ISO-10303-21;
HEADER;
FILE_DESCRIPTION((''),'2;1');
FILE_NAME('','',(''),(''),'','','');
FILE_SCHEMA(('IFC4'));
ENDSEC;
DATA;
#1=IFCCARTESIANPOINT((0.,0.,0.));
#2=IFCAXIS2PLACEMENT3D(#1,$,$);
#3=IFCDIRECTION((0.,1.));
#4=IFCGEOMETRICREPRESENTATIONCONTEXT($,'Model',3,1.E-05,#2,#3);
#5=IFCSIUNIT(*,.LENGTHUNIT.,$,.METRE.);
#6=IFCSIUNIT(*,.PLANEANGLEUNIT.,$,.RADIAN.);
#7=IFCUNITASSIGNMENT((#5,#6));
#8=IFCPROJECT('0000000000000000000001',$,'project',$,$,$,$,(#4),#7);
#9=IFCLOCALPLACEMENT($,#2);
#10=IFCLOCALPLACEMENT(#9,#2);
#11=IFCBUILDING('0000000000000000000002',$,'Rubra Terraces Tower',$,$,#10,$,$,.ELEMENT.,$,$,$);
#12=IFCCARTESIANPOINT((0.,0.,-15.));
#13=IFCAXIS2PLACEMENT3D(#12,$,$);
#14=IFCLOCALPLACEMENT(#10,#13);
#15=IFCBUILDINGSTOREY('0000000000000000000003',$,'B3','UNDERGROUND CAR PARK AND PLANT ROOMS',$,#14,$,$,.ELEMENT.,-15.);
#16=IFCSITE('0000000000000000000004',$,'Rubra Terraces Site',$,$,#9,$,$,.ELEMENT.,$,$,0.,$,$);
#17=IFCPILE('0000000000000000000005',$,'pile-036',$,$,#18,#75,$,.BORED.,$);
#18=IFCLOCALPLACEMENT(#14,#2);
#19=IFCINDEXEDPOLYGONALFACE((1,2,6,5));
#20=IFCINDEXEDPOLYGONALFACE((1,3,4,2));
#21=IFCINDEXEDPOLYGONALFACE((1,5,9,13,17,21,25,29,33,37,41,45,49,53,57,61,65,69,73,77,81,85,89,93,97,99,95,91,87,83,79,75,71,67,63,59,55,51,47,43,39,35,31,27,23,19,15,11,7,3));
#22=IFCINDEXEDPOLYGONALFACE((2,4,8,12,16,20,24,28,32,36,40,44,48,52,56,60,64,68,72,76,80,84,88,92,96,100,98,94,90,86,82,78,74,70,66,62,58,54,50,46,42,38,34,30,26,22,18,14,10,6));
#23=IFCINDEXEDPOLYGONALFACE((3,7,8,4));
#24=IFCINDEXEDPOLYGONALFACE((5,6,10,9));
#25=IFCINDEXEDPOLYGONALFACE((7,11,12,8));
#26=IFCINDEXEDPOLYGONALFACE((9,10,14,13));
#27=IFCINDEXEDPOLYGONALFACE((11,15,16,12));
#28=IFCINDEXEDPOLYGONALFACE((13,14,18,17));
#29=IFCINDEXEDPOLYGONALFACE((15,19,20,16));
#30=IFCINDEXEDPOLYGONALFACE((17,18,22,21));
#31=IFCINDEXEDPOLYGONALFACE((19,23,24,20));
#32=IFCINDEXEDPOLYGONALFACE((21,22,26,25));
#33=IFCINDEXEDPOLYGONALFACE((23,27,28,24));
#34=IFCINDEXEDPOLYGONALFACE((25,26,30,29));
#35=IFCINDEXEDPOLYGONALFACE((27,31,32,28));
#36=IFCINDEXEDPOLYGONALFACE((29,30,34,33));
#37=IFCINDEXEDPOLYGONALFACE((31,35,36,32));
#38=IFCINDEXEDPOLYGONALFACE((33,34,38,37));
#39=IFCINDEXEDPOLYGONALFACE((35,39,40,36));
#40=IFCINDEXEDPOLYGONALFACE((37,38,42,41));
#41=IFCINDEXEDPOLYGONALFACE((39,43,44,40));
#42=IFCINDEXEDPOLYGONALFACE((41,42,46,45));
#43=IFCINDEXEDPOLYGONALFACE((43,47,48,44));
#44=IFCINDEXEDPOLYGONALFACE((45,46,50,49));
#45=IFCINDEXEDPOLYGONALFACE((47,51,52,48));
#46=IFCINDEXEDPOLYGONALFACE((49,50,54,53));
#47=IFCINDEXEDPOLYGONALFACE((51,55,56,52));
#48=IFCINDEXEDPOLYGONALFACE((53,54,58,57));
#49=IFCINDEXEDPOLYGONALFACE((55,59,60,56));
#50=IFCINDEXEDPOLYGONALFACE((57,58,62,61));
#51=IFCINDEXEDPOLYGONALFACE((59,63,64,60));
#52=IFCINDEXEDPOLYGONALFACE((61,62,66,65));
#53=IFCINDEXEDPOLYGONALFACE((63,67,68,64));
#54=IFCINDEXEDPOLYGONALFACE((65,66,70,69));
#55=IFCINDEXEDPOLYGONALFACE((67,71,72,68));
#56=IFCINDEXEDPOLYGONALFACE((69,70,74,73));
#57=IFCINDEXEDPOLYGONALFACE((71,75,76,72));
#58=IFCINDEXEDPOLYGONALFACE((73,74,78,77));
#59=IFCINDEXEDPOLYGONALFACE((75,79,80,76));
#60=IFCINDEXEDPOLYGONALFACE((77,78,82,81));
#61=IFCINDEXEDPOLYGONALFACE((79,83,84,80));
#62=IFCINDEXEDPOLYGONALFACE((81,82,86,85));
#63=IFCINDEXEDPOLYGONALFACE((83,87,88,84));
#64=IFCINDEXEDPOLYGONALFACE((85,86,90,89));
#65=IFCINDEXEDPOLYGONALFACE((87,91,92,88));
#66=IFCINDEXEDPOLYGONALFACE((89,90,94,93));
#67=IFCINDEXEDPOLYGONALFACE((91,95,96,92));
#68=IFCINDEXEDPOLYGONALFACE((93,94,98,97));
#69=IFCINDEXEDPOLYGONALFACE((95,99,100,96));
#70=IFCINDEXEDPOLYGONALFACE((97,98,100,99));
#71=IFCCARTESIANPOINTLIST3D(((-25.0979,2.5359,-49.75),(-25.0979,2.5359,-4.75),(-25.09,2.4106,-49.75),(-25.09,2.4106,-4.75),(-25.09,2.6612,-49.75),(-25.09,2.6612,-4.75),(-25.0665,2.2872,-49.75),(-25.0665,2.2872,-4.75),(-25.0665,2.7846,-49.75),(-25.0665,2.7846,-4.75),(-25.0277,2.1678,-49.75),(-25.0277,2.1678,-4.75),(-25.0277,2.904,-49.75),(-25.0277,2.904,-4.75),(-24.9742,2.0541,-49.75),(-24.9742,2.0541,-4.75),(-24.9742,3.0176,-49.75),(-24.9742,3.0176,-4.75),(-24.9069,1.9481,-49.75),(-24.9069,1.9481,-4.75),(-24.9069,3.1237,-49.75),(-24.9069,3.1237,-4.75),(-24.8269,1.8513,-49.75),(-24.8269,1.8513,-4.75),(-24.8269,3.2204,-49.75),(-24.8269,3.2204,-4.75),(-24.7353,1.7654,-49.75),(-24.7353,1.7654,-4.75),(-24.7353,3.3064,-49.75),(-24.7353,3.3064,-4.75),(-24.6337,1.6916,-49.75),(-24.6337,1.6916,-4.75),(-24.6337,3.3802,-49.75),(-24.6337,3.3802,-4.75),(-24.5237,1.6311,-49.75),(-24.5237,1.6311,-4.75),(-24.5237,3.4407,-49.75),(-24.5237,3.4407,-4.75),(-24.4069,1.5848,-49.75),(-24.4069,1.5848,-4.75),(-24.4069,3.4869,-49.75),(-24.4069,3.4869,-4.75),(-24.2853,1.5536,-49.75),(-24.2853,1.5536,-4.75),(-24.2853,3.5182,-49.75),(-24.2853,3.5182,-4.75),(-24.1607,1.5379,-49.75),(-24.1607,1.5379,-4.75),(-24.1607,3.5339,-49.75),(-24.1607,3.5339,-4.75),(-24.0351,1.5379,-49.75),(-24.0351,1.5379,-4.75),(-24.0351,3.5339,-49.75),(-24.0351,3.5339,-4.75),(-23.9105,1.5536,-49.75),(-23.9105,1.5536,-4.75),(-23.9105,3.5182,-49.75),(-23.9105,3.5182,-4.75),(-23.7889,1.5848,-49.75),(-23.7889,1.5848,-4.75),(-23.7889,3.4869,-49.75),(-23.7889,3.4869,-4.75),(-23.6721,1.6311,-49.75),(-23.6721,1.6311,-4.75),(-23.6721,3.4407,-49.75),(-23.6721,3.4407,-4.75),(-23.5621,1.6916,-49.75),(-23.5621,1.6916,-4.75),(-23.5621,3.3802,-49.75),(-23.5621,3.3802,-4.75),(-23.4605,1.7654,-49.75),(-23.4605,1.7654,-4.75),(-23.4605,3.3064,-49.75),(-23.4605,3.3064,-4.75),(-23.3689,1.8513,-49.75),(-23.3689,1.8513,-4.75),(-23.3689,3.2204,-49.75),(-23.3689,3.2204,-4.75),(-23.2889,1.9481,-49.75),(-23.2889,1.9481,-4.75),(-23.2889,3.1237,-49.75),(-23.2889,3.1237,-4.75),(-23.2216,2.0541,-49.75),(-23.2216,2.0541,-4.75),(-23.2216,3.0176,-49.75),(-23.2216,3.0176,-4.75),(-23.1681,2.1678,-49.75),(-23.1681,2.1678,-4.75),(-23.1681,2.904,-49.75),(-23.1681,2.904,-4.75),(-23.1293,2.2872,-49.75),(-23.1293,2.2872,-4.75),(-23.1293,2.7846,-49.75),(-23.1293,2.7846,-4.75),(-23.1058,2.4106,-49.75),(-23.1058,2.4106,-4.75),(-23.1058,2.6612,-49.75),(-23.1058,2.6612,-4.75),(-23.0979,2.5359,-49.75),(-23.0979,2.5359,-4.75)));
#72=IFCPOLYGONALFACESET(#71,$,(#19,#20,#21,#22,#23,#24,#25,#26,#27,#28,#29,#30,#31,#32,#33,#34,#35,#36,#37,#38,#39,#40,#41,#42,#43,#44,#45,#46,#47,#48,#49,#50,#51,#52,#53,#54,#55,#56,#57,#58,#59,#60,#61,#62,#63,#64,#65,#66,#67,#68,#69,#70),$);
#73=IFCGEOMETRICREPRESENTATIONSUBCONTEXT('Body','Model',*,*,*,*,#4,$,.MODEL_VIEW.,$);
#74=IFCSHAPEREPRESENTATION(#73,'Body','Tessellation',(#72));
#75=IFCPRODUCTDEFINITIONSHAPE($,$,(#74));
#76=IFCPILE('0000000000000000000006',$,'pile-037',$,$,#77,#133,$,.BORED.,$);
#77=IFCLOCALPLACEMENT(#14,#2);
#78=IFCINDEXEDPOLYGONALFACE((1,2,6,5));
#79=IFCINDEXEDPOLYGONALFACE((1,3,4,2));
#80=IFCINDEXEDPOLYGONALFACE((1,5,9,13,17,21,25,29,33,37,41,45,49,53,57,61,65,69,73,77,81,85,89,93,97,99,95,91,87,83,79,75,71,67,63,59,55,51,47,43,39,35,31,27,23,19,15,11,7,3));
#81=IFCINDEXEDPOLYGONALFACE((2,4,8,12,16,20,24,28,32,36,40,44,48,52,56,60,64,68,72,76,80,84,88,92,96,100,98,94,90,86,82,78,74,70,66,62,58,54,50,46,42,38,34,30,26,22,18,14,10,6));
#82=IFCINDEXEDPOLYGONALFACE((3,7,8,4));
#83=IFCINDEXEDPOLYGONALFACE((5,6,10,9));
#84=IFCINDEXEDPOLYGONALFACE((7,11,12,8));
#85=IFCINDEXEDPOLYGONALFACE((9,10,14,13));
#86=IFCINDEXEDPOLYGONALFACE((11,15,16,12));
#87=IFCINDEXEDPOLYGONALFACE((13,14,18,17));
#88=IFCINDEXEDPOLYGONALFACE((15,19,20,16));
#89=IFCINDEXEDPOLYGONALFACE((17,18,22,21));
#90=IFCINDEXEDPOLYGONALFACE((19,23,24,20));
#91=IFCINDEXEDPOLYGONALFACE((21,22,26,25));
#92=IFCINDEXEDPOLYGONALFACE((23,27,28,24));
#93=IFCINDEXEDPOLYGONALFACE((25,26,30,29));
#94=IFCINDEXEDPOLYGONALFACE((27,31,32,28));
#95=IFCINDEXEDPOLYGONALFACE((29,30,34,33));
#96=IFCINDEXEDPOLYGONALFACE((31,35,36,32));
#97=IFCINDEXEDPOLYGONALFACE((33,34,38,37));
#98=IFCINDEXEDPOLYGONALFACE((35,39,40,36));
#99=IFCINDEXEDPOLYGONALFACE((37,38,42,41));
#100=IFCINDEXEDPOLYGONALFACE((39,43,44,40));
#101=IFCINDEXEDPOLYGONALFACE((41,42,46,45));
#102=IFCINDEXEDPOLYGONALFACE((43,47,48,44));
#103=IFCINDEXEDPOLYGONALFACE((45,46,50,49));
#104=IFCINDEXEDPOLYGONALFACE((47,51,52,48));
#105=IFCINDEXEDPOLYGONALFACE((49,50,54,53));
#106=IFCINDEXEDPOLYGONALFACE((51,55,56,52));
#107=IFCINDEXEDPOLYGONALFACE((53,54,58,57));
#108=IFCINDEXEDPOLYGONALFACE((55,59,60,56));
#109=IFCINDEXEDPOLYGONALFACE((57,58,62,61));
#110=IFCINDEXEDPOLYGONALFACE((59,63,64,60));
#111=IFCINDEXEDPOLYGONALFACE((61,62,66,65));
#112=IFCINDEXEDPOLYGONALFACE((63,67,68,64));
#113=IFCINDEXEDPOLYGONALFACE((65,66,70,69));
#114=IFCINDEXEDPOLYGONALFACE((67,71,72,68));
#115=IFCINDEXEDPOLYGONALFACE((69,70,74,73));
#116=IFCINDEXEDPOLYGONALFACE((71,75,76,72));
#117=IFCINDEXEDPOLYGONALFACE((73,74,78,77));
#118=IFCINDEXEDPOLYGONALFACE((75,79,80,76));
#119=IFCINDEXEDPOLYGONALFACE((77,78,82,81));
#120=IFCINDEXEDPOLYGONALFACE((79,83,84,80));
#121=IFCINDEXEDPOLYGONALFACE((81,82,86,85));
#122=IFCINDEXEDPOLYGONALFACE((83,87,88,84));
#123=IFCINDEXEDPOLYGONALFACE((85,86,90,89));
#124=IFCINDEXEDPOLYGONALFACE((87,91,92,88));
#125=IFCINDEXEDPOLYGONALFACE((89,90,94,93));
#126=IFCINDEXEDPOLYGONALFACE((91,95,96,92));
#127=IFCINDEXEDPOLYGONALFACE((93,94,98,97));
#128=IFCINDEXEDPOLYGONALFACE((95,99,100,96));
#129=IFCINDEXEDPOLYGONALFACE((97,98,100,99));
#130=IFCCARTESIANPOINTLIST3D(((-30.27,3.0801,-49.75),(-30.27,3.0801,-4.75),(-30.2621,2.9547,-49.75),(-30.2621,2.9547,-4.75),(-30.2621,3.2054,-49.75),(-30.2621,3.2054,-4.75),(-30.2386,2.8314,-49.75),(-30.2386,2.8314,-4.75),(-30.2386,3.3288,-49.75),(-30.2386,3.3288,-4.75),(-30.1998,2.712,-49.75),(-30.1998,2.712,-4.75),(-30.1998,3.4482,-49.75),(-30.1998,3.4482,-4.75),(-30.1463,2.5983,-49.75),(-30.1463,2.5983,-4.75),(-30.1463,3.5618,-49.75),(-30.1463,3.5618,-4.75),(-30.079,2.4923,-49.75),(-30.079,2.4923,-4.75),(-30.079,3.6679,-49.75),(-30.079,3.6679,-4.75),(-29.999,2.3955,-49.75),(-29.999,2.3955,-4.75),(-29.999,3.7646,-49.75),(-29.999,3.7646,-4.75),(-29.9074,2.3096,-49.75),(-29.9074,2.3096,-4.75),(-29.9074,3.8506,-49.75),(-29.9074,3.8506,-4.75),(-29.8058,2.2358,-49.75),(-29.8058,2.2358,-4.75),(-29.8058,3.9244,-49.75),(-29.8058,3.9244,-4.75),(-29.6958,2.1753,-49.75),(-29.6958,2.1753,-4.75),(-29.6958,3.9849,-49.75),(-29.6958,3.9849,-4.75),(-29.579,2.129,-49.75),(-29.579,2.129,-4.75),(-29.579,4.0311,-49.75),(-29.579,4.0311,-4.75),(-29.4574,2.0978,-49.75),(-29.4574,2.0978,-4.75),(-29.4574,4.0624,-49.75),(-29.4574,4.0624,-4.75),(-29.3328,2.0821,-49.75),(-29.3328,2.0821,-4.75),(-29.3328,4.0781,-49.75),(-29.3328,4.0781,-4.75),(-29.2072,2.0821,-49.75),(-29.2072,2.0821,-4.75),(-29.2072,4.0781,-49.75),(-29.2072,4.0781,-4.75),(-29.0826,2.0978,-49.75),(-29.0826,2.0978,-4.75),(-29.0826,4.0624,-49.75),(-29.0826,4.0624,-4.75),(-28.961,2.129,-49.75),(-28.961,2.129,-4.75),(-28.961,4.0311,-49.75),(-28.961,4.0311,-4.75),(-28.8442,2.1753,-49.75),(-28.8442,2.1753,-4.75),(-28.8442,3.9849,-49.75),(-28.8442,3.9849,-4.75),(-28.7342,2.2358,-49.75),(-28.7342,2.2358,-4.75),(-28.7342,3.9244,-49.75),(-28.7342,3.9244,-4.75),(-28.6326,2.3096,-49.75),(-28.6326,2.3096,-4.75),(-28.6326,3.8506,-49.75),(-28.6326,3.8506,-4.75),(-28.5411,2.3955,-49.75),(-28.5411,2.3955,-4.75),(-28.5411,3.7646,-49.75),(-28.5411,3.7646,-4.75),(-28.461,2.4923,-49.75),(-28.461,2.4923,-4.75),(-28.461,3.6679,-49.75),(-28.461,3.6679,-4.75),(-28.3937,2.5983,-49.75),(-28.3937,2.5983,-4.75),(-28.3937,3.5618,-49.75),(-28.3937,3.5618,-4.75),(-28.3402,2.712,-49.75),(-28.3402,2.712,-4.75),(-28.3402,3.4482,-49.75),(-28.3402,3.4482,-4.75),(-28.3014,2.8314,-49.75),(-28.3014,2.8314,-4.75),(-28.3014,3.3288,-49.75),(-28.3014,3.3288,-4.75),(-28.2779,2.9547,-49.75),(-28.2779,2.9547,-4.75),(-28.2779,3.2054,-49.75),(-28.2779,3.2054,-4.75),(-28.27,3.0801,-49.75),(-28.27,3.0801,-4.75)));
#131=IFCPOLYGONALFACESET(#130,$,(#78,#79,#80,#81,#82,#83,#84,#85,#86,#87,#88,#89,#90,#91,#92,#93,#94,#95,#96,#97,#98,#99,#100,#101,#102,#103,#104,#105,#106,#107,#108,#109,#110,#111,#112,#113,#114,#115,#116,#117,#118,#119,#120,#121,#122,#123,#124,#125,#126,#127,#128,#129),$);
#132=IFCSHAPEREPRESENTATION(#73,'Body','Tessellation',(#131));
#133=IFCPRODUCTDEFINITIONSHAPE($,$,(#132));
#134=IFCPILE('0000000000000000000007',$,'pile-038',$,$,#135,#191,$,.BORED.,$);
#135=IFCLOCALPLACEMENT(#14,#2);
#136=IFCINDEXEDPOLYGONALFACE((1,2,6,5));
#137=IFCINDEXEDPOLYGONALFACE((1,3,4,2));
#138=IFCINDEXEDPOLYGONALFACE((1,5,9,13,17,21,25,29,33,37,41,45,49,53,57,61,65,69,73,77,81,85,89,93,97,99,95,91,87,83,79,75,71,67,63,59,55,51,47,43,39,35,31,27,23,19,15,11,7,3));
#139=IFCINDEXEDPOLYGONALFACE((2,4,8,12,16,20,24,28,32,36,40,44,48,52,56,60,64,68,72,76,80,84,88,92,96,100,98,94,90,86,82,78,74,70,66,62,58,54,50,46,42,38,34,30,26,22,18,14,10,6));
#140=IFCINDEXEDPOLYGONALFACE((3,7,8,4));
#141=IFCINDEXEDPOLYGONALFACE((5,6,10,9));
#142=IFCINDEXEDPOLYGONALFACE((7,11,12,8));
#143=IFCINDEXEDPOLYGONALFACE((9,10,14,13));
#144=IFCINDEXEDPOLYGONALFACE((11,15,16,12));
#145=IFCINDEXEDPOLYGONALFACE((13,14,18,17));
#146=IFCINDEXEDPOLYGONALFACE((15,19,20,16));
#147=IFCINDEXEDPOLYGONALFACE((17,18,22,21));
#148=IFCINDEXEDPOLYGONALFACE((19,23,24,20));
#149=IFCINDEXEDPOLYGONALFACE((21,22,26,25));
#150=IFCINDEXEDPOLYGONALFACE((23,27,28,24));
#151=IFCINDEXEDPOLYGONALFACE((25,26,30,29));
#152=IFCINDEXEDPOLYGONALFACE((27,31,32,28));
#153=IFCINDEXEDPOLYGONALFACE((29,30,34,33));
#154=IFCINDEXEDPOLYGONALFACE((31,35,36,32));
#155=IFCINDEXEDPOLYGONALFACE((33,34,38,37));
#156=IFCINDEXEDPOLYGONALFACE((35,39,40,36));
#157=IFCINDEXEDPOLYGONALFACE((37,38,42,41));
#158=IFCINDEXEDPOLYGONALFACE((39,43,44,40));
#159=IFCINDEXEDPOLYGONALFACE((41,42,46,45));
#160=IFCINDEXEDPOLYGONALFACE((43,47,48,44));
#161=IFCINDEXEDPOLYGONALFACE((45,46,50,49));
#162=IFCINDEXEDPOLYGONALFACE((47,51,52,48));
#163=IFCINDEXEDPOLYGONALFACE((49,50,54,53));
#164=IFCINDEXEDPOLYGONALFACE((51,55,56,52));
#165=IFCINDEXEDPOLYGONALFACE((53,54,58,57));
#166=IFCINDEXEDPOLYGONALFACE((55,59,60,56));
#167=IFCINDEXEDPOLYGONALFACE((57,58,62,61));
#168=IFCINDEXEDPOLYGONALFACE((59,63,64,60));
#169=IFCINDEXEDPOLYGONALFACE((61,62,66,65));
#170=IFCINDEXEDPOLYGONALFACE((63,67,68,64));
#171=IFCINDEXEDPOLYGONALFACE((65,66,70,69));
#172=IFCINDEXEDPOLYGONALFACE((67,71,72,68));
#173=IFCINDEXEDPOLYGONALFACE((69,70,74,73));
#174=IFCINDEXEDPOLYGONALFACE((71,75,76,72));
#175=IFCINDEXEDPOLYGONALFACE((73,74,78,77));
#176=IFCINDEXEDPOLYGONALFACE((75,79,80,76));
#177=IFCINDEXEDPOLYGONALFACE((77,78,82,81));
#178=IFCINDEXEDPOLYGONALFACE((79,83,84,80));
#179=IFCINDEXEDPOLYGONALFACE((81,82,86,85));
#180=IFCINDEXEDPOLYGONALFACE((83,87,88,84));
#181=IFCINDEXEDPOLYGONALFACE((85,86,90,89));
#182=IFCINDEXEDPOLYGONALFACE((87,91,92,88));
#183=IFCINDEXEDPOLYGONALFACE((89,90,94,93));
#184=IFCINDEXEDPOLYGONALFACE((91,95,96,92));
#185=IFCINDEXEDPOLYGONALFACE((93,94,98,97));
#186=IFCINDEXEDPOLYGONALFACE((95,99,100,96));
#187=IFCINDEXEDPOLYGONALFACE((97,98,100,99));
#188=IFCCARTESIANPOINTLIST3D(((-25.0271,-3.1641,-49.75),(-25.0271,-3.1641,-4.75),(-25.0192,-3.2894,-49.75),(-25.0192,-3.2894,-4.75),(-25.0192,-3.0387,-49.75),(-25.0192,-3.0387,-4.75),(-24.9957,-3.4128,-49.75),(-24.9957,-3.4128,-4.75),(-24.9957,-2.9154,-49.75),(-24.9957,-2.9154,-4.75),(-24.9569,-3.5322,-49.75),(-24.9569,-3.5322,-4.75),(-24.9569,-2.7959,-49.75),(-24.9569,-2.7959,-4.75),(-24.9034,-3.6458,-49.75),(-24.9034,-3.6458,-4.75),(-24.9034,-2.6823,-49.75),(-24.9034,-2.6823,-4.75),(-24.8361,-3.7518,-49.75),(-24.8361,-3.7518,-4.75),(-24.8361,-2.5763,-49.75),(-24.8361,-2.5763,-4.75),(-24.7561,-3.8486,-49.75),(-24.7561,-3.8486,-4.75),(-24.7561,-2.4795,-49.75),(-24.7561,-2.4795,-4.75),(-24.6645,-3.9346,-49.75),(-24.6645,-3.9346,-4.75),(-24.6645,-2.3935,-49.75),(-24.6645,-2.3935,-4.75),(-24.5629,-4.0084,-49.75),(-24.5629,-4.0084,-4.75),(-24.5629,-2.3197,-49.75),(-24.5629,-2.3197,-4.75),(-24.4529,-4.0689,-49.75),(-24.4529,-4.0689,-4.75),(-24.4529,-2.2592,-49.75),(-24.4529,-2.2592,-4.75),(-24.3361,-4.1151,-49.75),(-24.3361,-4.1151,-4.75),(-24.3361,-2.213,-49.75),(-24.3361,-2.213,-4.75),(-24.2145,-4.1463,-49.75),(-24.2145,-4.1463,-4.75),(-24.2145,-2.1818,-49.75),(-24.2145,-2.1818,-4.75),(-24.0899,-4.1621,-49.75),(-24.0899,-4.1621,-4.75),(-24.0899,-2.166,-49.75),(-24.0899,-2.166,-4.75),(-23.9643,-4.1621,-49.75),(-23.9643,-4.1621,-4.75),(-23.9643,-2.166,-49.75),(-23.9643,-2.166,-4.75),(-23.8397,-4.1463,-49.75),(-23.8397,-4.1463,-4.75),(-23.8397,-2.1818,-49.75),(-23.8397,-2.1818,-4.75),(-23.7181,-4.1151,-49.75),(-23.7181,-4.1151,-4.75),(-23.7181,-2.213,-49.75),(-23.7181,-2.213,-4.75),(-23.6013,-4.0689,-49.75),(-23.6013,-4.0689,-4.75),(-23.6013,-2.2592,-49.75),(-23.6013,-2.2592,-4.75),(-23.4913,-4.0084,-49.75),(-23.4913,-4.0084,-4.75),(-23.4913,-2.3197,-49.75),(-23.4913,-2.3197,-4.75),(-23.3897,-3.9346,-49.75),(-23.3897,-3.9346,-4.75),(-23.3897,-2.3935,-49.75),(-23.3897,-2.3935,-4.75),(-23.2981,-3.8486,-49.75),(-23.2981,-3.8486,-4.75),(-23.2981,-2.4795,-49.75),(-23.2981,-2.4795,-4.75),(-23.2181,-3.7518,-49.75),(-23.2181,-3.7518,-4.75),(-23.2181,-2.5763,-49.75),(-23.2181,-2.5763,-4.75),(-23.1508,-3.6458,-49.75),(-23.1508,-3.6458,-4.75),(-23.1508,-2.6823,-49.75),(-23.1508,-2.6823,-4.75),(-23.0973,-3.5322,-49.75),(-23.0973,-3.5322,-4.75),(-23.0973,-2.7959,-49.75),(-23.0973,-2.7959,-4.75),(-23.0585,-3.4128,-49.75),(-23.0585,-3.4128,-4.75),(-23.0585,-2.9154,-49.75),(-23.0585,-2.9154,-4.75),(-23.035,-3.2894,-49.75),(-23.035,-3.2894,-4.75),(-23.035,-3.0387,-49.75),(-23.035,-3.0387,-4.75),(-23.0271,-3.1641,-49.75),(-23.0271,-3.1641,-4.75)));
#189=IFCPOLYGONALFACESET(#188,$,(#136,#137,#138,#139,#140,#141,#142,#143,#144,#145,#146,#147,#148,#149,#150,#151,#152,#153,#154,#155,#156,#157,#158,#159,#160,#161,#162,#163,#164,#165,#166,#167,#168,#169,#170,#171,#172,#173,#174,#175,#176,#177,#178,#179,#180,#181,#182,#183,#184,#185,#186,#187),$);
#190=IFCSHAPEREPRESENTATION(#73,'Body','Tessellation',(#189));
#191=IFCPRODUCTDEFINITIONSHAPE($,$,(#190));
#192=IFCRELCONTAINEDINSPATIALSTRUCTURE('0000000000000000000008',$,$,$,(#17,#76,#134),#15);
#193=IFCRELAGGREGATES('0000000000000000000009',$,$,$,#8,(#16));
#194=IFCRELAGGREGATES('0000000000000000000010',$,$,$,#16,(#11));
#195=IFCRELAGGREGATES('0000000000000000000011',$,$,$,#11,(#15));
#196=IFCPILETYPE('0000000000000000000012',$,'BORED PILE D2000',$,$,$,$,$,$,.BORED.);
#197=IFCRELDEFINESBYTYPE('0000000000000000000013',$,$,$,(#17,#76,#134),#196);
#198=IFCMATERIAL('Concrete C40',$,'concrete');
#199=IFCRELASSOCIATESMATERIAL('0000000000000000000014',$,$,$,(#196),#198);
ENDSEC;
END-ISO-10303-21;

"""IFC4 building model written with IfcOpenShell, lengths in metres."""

from ifc_helpers import new_model, si_unit, direction, frame, origin, origin_2d, place, context, subcontext, project, spatial, circle, extrude, material, material_profile, profile_set, type_object, element, save


model = new_model("IFC4")

# Units and contexts
model_context = context("Model", 3, precision=1e-05, world=origin(), true_north=direction((0.0, 1.0)))
body_context = subcontext(model_context, "Body", "Model", "MODEL_VIEW")
ifc_project = project(units=[si_unit("LENGTHUNIT", "METRE"), si_unit("PLANEANGLEUNIT", "RADIAN")], contexts=[model_context])

# Site, building, storey
site_placement = place(None, origin())
site = spatial("IfcSite", under=ifc_project, at=site_placement, Name="Rubra Terraces Site", CompositionType="ELEMENT", RefElevation=0.0)
building_placement = place(site_placement, origin())
building = spatial("IfcBuilding", under=site, at=building_placement, Name="Rubra Terraces Tower", CompositionType="ELEMENT")
storey_placement = place(building_placement, frame((0.0, 0.0, -15.0)))
storey = spatial("IfcBuildingStorey", under=building, at=storey_placement, Name="B3", Description="UNDERGROUND CAR PARK AND PLANT ROOMS", CompositionType="ELEMENT", Elevation=-15.0)

# Piles
ifc_material_1 = material(Name="Concrete C40", Category="concrete")
ifc_material_profile_1 = material_profile(ifc_material_1, circle(Radius=1.0, at=origin_2d()), Name="BORED PILE D2000")
ifc_profile_set_1 = profile_set([ifc_material_profile_1], Name="Concrete C40")
pile_type = type_object("IfcPileType", Name="BORED PILE D2000", PredefinedType="BORED", material=ifc_profile_set_1)
for number, where, z_axis, x_axis, name in (
    (1, (-24.0979, 2.5359, -4.75), (0.0, 0.0, -1.0), (1.0, 0.0, 0.0), "pile-036"),
    (2, (-29.27, 3.0801, -4.75), (0.0, 0.0, -1.0), (1.0, 0.0, 0.0), "pile-037"),
    (3, (-24.0271, -3.1641, -4.75), (0.0, 0.0, -1.0), (1.0, 0.0, 0.0), "pile-038"),
):
    element("IfcPile", number, at=place(storey_placement, frame(where, z_axis=z_axis, x_axis=x_axis)), inside=storey, type_object=pile_type, Name=name, PredefinedType="BORED", context=body_context, shape_type="SweptSolid", body=[
        extrude(circle(Radius=1.0, at=origin_2d()), origin(), (0.0, 0.0, 1.0), 45.0),
    ])

save(model, "model.ifc")
